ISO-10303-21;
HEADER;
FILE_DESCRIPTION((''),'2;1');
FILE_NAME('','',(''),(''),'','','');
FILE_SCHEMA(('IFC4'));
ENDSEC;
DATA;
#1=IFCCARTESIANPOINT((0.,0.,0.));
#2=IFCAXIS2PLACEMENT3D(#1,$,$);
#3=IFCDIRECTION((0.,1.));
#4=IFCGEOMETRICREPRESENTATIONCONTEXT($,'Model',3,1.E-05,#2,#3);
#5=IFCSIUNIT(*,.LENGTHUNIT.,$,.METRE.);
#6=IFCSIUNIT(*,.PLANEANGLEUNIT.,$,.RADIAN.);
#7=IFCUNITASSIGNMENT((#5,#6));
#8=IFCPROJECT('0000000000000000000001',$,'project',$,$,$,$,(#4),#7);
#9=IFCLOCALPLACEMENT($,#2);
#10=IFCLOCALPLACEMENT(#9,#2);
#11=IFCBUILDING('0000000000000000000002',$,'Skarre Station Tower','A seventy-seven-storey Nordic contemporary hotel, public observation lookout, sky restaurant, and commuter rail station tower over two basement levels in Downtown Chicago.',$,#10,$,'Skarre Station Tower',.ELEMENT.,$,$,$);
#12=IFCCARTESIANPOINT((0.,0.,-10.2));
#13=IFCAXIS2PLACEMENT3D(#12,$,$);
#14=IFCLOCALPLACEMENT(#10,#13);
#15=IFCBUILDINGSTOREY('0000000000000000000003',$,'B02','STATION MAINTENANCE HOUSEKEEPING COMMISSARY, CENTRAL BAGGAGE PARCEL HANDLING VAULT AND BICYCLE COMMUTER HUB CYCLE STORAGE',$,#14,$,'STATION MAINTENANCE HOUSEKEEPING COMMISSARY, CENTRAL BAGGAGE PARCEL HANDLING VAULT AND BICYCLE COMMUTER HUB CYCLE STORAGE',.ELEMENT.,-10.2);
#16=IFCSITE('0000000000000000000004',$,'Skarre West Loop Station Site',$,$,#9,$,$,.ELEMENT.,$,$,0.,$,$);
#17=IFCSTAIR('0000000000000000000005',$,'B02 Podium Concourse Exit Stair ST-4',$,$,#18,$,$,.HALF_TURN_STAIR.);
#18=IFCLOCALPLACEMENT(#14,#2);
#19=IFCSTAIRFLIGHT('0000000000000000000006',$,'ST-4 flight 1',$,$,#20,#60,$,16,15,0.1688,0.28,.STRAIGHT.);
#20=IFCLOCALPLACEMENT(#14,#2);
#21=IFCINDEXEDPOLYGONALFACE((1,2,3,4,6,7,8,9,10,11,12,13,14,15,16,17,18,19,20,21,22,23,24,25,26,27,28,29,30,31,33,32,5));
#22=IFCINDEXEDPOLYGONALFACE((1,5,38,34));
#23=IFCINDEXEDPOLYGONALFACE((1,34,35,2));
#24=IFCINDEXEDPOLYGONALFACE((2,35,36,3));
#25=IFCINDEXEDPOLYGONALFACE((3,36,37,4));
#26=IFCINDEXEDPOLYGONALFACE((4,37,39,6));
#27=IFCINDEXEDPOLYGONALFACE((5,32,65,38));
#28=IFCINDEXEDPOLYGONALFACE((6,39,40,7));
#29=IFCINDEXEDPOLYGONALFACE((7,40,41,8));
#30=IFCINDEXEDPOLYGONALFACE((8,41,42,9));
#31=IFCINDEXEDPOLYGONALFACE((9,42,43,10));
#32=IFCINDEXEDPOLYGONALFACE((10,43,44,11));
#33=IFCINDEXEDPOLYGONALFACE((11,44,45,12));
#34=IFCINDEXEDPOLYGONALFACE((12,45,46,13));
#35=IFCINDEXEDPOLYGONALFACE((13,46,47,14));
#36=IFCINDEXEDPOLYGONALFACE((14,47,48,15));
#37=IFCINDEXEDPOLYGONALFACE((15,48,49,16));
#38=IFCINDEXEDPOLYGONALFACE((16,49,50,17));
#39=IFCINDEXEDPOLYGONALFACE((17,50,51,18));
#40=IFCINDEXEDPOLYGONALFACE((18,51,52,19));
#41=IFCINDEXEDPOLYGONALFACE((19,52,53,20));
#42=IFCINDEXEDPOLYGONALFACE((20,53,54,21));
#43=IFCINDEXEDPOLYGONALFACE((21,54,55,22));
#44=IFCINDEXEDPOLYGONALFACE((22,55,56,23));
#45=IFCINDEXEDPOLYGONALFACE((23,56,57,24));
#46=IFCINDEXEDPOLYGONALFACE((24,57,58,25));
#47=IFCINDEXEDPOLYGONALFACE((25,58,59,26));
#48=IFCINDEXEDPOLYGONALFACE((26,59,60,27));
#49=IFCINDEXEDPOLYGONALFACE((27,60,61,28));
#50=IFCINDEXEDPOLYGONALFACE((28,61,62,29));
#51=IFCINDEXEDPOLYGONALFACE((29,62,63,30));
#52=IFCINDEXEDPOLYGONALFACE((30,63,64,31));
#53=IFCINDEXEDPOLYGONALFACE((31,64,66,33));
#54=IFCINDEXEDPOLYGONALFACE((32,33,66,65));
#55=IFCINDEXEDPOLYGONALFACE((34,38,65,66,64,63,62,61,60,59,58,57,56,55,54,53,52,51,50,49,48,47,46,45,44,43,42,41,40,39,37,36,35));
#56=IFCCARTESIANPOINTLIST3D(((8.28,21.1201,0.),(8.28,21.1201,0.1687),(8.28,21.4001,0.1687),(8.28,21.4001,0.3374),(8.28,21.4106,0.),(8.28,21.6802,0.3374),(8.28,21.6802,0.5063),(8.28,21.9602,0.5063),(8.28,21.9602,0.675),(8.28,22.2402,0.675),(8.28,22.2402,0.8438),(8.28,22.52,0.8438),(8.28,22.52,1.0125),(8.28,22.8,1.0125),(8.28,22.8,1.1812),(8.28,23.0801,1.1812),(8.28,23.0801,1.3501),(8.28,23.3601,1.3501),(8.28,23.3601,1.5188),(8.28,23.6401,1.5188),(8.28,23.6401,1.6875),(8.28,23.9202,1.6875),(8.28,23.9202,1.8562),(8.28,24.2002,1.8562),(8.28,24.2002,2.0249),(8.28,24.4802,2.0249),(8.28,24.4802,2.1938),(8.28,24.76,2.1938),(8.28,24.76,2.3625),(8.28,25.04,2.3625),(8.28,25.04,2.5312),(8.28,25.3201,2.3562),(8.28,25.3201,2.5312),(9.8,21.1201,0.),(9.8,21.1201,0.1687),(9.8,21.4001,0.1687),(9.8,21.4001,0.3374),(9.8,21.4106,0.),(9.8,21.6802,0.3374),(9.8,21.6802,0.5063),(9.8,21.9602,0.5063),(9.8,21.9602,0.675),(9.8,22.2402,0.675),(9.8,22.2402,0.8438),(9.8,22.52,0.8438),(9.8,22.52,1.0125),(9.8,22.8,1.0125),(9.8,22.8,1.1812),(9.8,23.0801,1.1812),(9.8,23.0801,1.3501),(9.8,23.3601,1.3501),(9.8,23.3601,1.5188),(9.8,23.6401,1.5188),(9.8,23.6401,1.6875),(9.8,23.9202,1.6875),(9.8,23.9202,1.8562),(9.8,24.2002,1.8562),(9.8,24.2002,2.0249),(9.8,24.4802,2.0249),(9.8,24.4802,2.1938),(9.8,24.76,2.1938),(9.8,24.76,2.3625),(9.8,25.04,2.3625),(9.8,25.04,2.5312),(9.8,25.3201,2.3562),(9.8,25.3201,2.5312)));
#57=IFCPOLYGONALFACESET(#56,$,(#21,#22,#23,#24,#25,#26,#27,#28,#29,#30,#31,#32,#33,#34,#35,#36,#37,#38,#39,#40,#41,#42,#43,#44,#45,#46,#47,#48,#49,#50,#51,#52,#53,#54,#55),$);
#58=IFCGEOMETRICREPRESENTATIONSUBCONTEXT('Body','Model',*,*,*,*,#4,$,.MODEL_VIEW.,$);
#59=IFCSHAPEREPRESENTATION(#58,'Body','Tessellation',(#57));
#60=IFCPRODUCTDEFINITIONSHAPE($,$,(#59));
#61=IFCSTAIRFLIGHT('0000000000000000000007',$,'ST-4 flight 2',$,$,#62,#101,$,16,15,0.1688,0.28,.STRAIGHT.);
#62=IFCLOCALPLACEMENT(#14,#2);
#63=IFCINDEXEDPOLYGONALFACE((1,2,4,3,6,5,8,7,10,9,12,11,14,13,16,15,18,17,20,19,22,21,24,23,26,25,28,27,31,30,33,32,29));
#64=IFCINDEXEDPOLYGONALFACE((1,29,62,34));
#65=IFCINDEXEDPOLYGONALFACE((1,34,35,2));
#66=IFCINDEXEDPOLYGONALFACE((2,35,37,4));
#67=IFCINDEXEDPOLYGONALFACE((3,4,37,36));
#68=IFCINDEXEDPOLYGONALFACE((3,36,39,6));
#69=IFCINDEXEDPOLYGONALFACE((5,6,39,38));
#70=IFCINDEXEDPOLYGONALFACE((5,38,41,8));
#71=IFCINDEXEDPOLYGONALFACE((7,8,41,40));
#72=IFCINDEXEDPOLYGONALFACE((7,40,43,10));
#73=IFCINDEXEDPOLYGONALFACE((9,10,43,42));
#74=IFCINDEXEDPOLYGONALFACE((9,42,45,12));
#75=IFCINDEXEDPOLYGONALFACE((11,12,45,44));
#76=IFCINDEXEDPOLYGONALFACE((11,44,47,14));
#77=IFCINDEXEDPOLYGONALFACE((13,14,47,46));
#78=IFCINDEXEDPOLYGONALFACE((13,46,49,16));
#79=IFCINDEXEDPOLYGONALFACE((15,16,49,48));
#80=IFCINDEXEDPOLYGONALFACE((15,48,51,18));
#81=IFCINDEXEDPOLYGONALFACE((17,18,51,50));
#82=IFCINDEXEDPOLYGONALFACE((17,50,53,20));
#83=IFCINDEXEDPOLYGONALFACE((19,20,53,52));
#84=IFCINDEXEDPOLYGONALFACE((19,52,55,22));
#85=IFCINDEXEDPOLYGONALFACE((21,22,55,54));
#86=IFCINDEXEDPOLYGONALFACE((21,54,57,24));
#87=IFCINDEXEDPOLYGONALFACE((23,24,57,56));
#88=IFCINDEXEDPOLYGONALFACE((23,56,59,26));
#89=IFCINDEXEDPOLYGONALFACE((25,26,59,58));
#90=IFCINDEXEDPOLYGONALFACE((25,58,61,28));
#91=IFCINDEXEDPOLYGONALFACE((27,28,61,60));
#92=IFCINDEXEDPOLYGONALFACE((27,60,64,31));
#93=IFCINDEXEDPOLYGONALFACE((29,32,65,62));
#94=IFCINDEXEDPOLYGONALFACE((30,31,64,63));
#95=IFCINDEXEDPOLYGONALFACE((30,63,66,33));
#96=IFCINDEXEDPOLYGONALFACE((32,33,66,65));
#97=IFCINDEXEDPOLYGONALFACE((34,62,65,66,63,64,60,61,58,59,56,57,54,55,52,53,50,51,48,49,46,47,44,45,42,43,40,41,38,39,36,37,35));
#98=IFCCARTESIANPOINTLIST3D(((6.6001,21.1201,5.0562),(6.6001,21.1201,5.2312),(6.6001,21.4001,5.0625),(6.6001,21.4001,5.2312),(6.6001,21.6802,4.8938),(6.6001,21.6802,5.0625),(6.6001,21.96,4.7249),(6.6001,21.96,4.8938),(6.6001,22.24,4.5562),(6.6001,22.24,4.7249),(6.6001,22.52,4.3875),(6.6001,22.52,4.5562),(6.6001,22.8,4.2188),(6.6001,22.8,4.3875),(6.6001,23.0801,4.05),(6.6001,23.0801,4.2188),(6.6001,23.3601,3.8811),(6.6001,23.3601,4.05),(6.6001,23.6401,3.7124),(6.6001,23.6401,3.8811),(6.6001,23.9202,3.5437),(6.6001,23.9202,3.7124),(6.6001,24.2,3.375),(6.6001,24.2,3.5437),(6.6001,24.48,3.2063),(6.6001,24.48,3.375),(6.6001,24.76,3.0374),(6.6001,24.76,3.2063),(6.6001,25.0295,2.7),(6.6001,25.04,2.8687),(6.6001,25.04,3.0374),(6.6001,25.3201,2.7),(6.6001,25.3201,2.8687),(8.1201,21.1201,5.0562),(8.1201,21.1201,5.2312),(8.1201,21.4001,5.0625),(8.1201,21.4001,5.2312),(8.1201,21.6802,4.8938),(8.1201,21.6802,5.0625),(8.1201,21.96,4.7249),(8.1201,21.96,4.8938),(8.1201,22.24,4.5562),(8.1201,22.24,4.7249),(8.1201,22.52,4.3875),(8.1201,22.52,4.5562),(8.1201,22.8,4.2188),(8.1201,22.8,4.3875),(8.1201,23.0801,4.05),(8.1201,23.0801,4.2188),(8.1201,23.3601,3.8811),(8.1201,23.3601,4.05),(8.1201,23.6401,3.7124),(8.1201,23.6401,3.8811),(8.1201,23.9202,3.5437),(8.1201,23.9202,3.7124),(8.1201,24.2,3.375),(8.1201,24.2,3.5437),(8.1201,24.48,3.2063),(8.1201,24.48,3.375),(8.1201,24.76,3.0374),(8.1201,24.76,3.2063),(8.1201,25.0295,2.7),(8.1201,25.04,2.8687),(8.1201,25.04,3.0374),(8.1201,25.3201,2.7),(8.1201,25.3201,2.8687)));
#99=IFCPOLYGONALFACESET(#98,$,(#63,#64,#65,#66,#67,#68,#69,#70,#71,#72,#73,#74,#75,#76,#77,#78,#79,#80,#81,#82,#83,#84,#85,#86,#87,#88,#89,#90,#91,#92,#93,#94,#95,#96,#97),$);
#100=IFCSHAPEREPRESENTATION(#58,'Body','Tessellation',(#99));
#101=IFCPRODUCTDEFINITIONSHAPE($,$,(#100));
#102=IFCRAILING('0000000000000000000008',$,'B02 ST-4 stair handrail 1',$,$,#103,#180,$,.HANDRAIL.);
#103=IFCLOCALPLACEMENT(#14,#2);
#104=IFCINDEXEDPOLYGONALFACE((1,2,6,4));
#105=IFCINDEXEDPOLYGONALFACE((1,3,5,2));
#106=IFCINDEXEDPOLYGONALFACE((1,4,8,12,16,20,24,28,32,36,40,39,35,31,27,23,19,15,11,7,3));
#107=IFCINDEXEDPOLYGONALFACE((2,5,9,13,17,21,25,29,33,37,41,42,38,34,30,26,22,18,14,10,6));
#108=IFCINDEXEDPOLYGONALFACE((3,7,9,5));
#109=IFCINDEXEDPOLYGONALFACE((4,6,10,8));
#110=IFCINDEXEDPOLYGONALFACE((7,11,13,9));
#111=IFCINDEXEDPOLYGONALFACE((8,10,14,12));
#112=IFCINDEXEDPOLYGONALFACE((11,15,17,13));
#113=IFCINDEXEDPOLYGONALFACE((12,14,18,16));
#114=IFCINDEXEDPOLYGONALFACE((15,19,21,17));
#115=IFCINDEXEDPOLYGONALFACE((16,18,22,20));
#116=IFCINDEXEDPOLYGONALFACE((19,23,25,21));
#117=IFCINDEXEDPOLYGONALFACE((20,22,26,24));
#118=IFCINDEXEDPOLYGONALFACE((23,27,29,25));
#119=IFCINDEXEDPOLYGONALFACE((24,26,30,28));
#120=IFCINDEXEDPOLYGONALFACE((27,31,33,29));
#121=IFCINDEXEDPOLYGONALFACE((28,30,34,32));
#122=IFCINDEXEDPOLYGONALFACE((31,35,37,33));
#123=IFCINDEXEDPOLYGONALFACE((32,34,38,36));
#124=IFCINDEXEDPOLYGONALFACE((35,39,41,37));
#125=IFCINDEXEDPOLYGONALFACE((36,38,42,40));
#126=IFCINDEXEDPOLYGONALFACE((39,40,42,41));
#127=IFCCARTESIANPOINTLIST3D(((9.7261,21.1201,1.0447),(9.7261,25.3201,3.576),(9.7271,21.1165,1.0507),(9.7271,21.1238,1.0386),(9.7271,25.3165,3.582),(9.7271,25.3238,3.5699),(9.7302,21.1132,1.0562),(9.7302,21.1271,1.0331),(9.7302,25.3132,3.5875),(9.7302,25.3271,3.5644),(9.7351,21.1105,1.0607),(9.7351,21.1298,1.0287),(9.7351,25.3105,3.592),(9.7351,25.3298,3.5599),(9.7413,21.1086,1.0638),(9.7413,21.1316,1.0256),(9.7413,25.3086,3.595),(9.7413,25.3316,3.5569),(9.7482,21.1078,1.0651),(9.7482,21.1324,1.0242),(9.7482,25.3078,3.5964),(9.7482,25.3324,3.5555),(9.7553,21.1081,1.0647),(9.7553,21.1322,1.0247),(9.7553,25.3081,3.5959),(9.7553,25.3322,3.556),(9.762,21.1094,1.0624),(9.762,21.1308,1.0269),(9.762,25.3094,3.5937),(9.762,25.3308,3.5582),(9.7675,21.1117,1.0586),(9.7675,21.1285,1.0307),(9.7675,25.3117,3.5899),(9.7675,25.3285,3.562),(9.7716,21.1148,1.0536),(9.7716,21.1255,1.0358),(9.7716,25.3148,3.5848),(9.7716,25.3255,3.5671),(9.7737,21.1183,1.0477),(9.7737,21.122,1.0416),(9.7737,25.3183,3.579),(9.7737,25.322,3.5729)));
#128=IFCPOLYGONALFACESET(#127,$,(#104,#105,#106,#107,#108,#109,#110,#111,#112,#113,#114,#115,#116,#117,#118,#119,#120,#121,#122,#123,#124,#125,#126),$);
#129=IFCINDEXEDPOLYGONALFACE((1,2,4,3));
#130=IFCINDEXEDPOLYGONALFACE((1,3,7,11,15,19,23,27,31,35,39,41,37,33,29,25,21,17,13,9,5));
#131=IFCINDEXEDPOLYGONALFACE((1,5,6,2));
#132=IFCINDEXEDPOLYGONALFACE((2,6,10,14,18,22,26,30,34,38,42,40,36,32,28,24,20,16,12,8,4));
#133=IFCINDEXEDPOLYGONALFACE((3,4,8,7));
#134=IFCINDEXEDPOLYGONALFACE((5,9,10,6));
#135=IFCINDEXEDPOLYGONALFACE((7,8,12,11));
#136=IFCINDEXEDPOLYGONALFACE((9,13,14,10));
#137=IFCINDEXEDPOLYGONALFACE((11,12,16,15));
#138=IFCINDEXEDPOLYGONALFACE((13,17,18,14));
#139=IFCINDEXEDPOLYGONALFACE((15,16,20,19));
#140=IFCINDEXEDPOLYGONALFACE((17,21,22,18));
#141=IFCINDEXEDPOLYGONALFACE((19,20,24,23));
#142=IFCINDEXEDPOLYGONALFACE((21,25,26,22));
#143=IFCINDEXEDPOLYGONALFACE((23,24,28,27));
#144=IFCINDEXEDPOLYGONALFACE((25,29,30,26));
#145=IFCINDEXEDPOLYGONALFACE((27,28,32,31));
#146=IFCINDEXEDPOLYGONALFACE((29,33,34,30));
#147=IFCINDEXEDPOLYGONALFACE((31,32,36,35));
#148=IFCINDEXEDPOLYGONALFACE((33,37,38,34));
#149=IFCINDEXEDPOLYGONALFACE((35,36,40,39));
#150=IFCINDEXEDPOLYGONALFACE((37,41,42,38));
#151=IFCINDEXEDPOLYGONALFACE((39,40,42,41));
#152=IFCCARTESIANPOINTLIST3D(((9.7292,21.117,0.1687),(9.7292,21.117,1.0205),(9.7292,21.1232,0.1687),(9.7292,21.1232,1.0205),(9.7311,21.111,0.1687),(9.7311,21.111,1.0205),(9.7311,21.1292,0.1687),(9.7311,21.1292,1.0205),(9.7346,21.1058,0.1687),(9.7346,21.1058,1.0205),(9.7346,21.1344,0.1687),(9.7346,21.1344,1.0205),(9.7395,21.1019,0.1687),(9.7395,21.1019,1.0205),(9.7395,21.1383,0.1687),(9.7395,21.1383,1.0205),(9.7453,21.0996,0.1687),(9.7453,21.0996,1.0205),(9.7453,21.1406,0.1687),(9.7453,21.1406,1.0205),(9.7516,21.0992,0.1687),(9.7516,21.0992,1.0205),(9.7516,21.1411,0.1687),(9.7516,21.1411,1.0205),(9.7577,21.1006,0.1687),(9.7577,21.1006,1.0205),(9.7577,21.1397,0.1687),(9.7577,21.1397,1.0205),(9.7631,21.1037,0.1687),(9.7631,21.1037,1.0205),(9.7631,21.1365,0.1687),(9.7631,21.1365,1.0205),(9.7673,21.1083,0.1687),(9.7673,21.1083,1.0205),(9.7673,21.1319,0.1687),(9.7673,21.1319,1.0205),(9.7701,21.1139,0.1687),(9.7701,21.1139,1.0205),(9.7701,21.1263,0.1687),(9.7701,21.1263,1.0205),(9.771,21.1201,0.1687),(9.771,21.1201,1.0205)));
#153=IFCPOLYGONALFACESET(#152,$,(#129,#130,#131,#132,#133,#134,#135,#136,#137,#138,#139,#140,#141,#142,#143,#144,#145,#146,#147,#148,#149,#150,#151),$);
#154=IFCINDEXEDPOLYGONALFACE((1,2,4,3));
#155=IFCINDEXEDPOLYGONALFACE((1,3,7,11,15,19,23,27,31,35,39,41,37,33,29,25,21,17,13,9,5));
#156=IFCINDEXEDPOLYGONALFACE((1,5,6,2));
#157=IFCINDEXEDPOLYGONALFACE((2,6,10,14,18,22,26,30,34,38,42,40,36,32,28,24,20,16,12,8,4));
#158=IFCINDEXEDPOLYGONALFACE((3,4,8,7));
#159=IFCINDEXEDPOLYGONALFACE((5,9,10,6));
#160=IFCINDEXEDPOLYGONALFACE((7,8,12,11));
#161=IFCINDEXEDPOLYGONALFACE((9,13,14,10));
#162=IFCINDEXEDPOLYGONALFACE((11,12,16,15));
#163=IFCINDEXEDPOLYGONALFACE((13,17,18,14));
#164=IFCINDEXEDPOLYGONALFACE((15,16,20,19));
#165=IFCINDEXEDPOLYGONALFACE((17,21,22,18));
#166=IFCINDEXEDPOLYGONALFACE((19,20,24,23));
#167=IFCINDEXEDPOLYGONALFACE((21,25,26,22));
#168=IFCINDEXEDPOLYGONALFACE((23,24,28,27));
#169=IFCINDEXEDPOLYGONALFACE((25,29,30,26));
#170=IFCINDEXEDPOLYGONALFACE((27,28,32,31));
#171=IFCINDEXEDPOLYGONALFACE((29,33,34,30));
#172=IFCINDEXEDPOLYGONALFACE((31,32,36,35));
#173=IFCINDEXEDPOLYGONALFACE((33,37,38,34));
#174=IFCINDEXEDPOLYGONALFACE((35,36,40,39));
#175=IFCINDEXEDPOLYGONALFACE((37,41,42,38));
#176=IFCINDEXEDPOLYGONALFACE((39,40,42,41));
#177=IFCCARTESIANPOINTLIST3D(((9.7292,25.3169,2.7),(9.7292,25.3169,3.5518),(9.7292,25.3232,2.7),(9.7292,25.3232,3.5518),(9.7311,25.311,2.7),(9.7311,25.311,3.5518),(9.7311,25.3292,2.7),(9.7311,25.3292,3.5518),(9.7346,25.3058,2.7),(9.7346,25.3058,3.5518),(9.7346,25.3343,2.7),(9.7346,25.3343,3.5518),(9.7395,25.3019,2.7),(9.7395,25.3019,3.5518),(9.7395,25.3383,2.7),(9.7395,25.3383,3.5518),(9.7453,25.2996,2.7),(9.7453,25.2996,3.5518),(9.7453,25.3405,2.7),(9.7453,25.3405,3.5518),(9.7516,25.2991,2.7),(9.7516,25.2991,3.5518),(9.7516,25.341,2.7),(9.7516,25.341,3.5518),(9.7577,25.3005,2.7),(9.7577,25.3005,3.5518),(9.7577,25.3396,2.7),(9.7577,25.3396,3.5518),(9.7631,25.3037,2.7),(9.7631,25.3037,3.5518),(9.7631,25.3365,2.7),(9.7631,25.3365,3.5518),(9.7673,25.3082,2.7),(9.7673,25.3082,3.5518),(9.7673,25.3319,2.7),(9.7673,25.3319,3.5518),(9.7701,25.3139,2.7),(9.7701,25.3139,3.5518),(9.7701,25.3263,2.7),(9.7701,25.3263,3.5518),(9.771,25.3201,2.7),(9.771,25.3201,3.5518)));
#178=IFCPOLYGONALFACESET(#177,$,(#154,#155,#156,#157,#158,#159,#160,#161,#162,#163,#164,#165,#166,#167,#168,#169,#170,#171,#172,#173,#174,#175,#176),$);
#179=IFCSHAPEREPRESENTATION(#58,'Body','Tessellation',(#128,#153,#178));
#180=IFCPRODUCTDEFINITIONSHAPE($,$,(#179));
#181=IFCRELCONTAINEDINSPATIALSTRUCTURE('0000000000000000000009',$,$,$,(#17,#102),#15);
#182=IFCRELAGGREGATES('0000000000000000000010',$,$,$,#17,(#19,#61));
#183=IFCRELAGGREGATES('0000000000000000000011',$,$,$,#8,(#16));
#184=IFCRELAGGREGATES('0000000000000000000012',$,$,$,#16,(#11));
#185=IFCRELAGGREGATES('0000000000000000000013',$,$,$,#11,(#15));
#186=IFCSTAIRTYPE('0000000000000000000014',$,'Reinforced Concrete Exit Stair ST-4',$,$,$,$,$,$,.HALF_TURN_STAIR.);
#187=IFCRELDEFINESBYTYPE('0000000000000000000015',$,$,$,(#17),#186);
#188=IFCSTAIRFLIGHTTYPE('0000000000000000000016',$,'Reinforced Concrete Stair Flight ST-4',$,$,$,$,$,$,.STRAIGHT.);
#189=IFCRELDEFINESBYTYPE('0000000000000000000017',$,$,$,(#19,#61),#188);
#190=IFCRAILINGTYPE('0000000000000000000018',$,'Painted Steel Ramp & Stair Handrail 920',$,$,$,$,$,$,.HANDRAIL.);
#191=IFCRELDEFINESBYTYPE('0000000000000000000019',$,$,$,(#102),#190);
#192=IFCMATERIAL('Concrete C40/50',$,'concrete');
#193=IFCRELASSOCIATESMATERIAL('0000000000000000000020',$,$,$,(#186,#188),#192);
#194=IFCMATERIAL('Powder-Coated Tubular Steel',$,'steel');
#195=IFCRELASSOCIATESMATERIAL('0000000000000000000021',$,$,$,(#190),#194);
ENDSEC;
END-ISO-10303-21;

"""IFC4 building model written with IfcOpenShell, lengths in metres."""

from ifc_helpers import new_model, si_unit, direction, frame, origin, origin_2d, place, context, subcontext, project, spatial, polyline, circle, outline, extrude, material, type_object, element, aggregate, save


model = new_model("IFC4")

# Units and contexts
model_context = context("Model", 3, precision=1e-05, world=origin(), true_north=direction((0.0, 1.0)))
body_context = subcontext(model_context, "Body", "Model", "MODEL_VIEW")
ifc_project = project(units=[si_unit("LENGTHUNIT", "METRE"), si_unit("PLANEANGLEUNIT", "RADIAN")], contexts=[model_context])

# Site, building, storey
site_placement = place(None, origin())
site = spatial("IfcSite", under=ifc_project, at=site_placement, Name="Skarre West Loop Station Site", CompositionType="ELEMENT", RefElevation=0.0)
building_placement = place(site_placement, origin())
building = spatial("IfcBuilding", under=site, at=building_placement, Name="Skarre Station Tower", Description="A seventy-seven-storey Nordic contemporary hotel, public observation lookout, sky restaurant, and commuter rail station tower over two basement levels in Downtown Chicago.", LongName="Skarre Station Tower", CompositionType="ELEMENT")
storey_placement = place(building_placement, frame((0.0, 0.0, -10.2)))
storey = spatial("IfcBuildingStorey", under=building, at=storey_placement, Name="B02", Description="STATION MAINTENANCE HOUSEKEEPING COMMISSARY, CENTRAL BAGGAGE PARCEL HANDLING VAULT AND BICYCLE COMMUTER HUB CYCLE STORAGE", LongName="STATION MAINTENANCE HOUSEKEEPING COMMISSARY, CENTRAL BAGGAGE PARCEL HANDLING VAULT AND BICYCLE COMMUTER HUB CYCLE STORAGE", CompositionType="ELEMENT", Elevation=-10.2)

# Stair, stair flights
ifc_material_1 = material(Name="Concrete C40/50", Category="concrete")
stair_type = type_object("IfcStairType", Name="Reinforced Concrete Exit Stair ST-4", PredefinedType="HALF_TURN_STAIR", material=ifc_material_1)
stair_placement = place(storey_placement, origin())
stair = element("IfcStair", 1, at=stair_placement, inside=storey, type_object=stair_type, Name="B02 Podium Concourse Exit Stair ST-4", PredefinedType="HALF_TURN_STAIR")
stair_flight_type = type_object("IfcStairFlightType", Name="Reinforced Concrete Stair Flight ST-4", PredefinedType="STRAIGHT", material=ifc_material_1)
stair_flight_1_placement = place(storey_placement, frame((9.04, 21.1201, 0.0), z_axis=(0.0, 0.0, 1.0), x_axis=(0.0, 1.0, 0.0)))
stair_flight_1 = element("IfcStairFlight", 2, at=stair_flight_1_placement, type_object=stair_flight_type, Name="ST-4 flight 1", NumberOfRisers=16, NumberOfTreads=15, PredefinedType="STRAIGHT", RiserHeight=0.1688, TreadLength=0.28, context=body_context, shape_type="SweptSolid", body=[
    extrude(outline(polyline([(0.0, 0.0), (0.0, 0.1687), (0.28, 0.1687), (0.28, 0.3374), (0.5601, 0.3374), (0.5601, 0.5063), (0.8401, 0.5063), (0.8401, 0.675), (1.1201, 0.675), (1.1201, 0.8438), (1.3999, 0.8438), (1.3999, 1.0125), (1.6799, 1.0125), (1.6799, 1.1812), (1.96, 1.1812), (1.96, 1.3501), (2.24, 1.3501), (2.24, 1.5188), (2.52, 1.5188), (2.52, 1.6875), (2.8, 1.6875), (2.8, 1.8562), (3.0801, 1.8562), (3.0801, 2.0249), (3.3601, 2.0249), (3.3601, 2.1938), (3.6399, 2.1938), (3.6399, 2.3625), (3.9199, 2.3625), (3.9199, 2.5312), (4.2, 2.5312), (4.2, 2.7), (4.2, 2.3562), (0.2905, 0.0), (0.0, 0.0)])), frame((0.0, 0.76, 0.0), z_axis=(0.0, -1.0, 0.0), x_axis=(1.0, 0.0, 0.0)), (0.0, 0.0, 1.0), 1.52),
])
stair_flight_2_placement = place(storey_placement, frame((7.3601, 25.3201, 2.7), z_axis=(0.0, 0.0, 1.0), x_axis=(0.0, -1.0, 0.0)))
stair_flight_2 = element("IfcStairFlight", 3, at=stair_flight_2_placement, type_object=stair_flight_type, Name="ST-4 flight 2", NumberOfRisers=16, NumberOfTreads=15, PredefinedType="STRAIGHT", RiserHeight=0.1688, TreadLength=0.28, context=body_context, shape_type="SweptSolid", body=[
    extrude(outline(polyline([(0.0, 0.0), (0.0, 0.1687), (0.28, 0.1687), (0.28, 0.3374), (0.5601, 0.3374), (0.5601, 0.5063), (0.8401, 0.5063), (0.8401, 0.675), (1.1201, 0.675), (1.1201, 0.8438), (1.3999, 0.8438), (1.3999, 1.0125), (1.6799, 1.0125), (1.6799, 1.1812), (1.96, 1.1812), (1.96, 1.3501), (2.24, 1.3501), (2.24, 1.5188), (2.52, 1.5188), (2.52, 1.6875), (2.8, 1.6875), (2.8, 1.8562), (3.0801, 1.8562), (3.0801, 2.0249), (3.3601, 2.0249), (3.3601, 2.1938), (3.6399, 2.1938), (3.6399, 2.3625), (3.9199, 2.3625), (3.9199, 2.5312), (4.2, 2.5312), (4.2, 2.7), (4.2, 2.3562), (0.2905, 0.0), (0.0, 0.0)])), frame((0.0, 0.76, 0.0), z_axis=(0.0, -1.0, 0.0), x_axis=(1.0, 0.0, 0.0)), (0.0, 0.0, 1.0), 1.52),
])
aggregate(stair, [stair_flight_1, stair_flight_2])

# Railing
ifc_material_2 = material(Name="Powder-Coated Tubular Steel", Category="steel")
railing_type_1 = type_object("IfcRailingType", Name="Painted Steel Ramp & Stair Handrail 920", PredefinedType="HANDRAIL", material=ifc_material_2)
railing_1_placement = place(storey_placement, frame((9.75, 21.1201, 0.1687)))
element("IfcRailing", 4, at=railing_1_placement, inside=storey, type_object=railing_type_1, Name="B02 ST-4 stair handrail 1", PredefinedType="HANDRAIL", context=body_context, shape_type="SweptSolid", body=[
    extrude(circle(Radius=0.0239, at=origin_2d()), frame((0.0, 0.0, 0.876), z_axis=(0.0, 0.856476, 0.516186), x_axis=(-1.0, 0.0, 0.0)), (0.0, 0.0, 1.0), 4.9038),
    extrude(circle(Radius=0.021, at=origin_2d()), origin(), (0.0, 0.0, 1.0), 0.8518),
    extrude(circle(Radius=0.021, at=origin_2d()), frame((0.0, 4.2, 2.5312)), (0.0, 0.0, 1.0), 0.8518),
])

save(model, "model.ifc")
